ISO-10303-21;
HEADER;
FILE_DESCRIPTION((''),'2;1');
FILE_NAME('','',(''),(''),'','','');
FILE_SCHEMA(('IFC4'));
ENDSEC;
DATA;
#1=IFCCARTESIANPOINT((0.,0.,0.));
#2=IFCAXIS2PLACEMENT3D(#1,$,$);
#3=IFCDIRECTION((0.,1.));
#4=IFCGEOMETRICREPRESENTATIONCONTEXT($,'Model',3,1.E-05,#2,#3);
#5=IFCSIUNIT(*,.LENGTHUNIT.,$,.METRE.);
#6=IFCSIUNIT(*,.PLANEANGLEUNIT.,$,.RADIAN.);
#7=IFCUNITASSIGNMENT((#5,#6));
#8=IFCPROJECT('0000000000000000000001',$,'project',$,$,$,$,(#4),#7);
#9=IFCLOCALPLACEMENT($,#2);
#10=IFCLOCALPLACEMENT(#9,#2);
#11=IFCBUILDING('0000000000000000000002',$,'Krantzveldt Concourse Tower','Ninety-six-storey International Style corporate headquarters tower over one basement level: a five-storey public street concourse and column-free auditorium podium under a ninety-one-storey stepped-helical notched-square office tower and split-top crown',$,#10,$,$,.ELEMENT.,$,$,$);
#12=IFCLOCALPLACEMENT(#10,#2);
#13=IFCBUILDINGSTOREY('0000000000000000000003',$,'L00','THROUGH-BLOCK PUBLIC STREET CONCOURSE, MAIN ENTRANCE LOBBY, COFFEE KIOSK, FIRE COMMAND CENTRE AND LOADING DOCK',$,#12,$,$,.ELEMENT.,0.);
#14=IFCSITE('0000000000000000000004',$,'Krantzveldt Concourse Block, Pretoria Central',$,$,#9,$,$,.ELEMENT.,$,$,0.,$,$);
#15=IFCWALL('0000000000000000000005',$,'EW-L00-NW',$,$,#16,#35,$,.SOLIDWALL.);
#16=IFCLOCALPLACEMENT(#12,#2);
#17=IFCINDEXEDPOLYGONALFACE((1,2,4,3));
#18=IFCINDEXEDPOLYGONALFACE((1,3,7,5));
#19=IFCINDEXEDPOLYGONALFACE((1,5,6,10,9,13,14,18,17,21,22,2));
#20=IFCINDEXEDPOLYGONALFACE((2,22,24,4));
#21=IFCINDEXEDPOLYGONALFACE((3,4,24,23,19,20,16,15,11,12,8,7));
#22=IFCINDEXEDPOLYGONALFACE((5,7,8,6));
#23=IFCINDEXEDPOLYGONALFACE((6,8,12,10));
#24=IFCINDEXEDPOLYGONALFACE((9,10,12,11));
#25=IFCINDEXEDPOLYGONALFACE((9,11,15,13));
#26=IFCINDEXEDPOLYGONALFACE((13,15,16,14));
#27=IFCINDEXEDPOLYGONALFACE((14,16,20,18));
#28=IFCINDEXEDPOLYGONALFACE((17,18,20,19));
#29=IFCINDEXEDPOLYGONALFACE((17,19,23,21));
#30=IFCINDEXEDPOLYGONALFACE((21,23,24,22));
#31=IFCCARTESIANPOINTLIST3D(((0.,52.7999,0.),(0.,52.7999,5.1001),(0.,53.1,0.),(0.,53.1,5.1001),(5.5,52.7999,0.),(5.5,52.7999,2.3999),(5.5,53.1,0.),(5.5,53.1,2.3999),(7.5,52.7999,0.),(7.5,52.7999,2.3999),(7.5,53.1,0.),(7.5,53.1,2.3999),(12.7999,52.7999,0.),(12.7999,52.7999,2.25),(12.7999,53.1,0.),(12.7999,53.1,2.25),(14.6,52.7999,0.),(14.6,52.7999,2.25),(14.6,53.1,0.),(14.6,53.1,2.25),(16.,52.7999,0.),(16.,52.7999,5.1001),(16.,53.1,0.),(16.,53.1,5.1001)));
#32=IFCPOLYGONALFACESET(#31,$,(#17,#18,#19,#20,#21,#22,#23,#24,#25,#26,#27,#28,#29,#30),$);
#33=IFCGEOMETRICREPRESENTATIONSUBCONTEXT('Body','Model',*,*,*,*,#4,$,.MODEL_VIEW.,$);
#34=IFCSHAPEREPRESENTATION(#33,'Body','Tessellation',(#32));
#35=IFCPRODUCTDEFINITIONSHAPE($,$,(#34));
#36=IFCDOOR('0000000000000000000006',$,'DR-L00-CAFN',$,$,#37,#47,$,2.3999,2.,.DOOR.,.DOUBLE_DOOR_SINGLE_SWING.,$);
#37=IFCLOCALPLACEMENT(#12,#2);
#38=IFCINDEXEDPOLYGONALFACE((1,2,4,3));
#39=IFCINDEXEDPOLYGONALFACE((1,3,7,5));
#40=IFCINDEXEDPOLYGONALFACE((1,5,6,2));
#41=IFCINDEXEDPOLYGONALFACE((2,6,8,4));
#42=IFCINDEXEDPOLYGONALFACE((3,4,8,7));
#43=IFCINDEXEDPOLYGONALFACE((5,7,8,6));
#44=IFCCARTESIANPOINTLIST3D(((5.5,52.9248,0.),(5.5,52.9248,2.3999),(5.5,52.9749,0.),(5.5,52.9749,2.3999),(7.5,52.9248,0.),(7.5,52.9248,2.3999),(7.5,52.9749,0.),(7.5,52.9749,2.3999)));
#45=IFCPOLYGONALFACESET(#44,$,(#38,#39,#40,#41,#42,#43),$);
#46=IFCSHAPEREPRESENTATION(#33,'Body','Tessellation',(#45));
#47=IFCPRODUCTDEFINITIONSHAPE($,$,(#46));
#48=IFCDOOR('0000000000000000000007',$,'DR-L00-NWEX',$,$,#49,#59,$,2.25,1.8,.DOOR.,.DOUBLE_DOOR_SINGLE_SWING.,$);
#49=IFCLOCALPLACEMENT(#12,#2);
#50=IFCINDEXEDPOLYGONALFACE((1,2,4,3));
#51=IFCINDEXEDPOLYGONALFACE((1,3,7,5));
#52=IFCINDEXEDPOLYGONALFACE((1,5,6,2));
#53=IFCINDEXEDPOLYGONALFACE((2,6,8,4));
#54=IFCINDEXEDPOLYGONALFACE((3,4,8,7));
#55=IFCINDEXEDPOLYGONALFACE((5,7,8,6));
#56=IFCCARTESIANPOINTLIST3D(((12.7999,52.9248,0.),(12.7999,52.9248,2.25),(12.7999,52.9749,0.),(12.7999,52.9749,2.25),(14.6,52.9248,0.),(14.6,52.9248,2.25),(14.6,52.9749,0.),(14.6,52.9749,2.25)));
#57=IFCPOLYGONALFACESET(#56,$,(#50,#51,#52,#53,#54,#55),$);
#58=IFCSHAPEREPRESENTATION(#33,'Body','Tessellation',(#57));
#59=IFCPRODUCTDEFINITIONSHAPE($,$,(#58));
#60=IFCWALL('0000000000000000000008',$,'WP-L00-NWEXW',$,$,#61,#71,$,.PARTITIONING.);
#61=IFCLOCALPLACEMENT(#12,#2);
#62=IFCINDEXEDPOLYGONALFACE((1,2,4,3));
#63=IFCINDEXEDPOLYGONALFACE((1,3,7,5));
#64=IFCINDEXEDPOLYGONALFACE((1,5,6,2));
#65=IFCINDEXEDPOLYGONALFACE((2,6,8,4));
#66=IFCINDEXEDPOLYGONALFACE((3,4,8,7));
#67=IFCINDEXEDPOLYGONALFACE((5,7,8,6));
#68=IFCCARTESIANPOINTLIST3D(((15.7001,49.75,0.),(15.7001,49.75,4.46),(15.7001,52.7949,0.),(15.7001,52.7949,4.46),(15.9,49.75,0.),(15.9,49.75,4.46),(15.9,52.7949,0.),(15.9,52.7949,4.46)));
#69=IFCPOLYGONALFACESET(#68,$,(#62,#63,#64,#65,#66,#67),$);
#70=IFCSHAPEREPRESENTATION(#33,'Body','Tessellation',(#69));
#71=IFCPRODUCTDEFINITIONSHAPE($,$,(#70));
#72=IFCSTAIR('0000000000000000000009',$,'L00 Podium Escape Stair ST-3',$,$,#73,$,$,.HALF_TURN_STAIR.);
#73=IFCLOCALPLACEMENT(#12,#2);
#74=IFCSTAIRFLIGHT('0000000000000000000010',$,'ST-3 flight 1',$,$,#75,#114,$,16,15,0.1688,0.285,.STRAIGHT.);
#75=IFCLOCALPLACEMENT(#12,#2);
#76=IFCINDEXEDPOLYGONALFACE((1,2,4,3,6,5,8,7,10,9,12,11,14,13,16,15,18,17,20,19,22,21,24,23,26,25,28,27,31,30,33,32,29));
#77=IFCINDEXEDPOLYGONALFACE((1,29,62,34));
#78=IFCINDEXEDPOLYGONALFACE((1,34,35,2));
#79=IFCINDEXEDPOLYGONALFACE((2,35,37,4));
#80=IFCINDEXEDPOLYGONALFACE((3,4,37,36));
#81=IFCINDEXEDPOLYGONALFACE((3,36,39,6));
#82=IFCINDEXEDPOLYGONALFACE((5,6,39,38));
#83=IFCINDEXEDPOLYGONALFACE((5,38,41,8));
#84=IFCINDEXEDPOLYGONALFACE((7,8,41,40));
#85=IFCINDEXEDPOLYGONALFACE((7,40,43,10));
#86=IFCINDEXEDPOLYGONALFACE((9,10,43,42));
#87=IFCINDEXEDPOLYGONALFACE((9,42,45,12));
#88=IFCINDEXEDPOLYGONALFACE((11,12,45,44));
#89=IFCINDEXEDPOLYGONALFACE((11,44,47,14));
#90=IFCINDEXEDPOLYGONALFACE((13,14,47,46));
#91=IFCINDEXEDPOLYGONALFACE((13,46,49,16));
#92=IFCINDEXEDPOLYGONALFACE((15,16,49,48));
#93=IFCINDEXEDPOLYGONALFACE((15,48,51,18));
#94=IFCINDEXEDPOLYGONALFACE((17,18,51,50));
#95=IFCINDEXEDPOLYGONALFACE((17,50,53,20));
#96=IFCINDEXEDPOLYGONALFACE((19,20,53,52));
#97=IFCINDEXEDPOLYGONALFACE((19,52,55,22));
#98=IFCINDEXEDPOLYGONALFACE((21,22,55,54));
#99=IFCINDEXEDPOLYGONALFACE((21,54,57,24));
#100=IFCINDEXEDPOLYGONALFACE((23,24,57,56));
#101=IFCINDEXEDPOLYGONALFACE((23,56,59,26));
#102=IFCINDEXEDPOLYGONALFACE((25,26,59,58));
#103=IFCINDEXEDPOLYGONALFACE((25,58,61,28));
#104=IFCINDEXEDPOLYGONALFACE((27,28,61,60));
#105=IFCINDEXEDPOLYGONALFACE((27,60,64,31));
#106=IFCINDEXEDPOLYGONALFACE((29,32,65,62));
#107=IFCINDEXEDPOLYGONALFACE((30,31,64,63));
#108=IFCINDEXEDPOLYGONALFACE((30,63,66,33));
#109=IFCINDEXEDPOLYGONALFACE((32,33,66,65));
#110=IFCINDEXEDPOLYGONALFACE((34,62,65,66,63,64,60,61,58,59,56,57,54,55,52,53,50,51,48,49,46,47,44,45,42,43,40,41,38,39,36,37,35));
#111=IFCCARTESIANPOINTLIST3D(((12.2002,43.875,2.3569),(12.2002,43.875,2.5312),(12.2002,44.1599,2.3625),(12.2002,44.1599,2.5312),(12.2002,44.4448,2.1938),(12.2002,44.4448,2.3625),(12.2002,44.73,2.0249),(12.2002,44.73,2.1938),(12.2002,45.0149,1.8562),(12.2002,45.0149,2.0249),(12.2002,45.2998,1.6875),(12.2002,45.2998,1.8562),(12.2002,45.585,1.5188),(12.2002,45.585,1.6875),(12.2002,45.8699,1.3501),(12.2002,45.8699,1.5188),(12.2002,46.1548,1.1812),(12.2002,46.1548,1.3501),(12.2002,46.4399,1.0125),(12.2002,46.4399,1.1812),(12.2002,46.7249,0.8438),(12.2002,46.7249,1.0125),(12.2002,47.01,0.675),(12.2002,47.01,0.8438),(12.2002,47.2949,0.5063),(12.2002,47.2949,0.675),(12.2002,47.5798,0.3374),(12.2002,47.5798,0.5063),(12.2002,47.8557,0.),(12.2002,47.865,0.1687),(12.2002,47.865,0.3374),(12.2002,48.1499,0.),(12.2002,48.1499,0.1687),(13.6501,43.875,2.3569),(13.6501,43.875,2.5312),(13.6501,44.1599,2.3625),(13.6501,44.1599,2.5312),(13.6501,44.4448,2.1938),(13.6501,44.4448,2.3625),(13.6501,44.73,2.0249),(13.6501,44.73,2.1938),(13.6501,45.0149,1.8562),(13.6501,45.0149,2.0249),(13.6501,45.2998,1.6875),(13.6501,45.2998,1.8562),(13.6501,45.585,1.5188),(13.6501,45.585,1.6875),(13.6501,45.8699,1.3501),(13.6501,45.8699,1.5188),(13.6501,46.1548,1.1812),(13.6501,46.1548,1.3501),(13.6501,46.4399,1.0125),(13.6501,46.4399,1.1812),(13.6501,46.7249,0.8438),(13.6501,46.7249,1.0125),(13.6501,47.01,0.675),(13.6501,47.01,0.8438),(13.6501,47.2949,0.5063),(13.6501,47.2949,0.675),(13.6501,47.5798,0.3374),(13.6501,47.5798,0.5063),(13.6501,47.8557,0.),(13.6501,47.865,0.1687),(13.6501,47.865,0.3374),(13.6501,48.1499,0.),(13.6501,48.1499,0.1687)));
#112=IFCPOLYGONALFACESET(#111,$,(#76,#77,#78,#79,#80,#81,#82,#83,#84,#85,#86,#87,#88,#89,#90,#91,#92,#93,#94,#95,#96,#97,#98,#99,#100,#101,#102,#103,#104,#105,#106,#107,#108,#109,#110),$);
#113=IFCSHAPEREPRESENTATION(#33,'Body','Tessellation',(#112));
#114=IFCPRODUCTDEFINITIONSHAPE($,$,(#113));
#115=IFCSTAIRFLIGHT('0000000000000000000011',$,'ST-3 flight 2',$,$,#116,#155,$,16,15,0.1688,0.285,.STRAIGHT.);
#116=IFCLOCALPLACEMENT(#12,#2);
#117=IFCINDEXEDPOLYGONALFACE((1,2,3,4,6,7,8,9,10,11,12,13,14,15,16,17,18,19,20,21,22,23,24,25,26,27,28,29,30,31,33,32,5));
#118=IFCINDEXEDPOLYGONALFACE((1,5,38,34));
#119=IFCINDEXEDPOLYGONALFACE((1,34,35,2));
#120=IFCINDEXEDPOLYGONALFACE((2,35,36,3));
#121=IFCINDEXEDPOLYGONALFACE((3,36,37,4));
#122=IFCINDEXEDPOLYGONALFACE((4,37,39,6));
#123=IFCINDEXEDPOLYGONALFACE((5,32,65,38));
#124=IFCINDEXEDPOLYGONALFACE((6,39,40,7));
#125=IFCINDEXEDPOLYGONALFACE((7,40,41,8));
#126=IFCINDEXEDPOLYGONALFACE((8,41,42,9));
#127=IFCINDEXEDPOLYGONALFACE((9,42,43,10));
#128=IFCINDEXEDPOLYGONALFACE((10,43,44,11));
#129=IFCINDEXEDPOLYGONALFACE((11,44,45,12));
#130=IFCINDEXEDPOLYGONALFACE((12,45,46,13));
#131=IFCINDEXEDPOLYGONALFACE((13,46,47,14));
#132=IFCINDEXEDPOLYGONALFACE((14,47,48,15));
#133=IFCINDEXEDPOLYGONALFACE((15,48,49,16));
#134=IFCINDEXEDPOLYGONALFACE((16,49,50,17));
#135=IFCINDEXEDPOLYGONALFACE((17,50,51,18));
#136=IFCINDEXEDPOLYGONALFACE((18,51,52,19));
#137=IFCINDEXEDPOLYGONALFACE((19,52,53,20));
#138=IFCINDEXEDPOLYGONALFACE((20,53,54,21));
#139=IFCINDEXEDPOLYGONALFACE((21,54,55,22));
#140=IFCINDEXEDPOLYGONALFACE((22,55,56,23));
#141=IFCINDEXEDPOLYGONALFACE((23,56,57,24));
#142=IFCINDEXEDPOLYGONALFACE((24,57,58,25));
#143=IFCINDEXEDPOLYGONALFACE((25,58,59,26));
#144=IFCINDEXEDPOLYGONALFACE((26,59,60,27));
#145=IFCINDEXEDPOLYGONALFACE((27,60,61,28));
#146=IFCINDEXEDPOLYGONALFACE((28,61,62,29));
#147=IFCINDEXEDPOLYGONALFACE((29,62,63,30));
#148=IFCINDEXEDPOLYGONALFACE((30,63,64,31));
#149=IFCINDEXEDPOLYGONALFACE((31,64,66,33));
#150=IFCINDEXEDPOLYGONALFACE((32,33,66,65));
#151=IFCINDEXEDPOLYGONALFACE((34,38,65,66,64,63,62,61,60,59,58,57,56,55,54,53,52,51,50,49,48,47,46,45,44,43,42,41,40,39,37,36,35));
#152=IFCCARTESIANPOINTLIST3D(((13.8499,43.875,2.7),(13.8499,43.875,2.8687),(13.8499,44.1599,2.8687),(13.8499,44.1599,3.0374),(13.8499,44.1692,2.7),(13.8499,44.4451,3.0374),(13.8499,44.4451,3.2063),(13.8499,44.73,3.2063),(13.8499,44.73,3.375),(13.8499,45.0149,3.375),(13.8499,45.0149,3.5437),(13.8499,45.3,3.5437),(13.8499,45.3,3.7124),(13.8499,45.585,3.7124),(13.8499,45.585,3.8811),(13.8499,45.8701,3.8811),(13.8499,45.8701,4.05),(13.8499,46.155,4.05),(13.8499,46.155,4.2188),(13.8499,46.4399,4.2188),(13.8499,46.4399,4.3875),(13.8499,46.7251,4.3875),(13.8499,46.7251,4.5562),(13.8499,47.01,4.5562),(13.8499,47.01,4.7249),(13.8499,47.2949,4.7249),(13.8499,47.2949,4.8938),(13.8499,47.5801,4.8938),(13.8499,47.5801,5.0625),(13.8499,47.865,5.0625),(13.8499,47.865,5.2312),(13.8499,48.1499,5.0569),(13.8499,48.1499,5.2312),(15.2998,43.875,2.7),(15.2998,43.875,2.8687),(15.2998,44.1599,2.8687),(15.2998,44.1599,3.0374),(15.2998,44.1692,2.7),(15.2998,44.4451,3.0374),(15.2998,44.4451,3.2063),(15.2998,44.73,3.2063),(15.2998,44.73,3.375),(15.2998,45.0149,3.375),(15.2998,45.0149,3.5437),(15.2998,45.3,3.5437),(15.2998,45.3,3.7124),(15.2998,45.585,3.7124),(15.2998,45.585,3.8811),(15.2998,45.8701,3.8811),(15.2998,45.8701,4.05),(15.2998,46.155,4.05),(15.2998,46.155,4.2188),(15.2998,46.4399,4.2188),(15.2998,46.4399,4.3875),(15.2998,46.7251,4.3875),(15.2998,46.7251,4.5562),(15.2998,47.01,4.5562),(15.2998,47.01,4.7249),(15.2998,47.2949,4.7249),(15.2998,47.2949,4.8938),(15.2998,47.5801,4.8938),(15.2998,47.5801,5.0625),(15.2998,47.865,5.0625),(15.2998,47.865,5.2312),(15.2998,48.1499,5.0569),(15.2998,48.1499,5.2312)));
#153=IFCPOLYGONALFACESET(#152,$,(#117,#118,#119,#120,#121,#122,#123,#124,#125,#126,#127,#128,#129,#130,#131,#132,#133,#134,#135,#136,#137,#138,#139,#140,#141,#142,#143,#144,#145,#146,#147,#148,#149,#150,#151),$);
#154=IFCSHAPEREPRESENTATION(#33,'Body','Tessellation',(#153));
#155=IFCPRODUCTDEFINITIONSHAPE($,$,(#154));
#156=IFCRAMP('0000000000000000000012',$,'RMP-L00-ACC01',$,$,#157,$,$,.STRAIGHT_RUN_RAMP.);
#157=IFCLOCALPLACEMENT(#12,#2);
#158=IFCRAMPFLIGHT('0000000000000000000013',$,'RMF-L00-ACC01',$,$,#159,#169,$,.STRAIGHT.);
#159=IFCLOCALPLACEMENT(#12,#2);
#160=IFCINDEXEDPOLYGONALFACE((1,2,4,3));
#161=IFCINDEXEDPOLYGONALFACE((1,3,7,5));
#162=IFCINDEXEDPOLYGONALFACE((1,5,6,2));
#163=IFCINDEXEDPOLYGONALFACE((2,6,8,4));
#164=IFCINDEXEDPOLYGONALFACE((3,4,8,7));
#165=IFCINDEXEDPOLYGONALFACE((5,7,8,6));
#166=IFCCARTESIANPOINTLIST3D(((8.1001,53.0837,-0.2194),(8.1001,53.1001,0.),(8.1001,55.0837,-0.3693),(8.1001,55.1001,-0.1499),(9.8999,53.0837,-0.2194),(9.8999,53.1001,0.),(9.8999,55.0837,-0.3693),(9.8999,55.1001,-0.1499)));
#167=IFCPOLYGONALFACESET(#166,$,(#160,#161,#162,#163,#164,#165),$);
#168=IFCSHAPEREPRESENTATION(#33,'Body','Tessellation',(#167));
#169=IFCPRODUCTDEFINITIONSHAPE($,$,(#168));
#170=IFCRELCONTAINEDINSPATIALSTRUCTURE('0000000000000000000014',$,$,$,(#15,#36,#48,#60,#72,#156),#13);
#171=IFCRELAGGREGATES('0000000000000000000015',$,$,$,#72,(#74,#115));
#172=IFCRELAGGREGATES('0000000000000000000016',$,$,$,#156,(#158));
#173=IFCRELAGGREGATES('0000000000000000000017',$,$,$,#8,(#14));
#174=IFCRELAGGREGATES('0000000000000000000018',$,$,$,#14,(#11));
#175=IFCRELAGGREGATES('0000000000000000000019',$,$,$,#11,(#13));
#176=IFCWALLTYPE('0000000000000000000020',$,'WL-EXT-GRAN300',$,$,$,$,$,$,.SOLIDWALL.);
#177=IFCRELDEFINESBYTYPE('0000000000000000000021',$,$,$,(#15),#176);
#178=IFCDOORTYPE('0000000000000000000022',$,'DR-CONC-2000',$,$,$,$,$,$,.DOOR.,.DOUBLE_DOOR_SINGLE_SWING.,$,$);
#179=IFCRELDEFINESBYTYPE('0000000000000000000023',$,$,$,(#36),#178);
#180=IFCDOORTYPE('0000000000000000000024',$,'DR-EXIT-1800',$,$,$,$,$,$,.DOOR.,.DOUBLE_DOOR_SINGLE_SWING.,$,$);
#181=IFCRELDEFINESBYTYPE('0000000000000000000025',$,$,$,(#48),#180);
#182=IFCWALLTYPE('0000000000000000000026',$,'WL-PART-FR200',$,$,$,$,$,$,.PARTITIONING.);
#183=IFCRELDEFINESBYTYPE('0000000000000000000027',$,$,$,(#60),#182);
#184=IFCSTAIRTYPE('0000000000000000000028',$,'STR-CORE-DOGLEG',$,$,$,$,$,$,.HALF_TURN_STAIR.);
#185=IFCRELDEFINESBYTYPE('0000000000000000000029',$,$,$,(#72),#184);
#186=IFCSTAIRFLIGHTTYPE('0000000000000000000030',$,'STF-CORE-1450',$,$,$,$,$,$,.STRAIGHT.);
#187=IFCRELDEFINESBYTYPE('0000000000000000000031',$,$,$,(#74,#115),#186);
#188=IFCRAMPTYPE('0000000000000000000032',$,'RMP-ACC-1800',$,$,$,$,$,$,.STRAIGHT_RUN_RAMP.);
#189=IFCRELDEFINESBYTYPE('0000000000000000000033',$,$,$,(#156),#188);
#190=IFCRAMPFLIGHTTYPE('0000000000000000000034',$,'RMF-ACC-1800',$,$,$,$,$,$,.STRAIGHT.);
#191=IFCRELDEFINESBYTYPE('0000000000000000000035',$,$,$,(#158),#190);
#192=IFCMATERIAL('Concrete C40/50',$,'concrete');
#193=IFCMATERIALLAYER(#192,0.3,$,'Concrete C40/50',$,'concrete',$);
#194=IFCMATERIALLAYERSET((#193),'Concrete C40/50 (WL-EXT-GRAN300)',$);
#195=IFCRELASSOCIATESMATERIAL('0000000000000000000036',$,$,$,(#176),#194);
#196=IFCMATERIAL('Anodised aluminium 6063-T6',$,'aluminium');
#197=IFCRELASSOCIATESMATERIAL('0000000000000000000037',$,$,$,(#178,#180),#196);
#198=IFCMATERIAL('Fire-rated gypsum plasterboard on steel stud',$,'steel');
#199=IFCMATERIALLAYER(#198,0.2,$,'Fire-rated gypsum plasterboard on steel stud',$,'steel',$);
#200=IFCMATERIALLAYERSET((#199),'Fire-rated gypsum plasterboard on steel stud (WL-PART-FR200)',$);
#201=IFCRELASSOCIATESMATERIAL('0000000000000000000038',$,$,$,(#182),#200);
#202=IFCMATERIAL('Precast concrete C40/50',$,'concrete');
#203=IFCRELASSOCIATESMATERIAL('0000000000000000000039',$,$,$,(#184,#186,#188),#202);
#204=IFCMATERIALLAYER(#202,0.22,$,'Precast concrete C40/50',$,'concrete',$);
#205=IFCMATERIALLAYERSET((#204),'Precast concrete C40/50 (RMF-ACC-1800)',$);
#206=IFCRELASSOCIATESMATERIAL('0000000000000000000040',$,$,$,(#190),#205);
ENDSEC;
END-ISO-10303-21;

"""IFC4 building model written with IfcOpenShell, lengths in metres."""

from ifc_helpers import new_model, si_unit, direction, frame, frame_2d, origin, place, context, subcontext, project, spatial, polyline, rectangle, outline, extrude, material, layer, layer_set, type_object, element, fill, aggregate, save


model = new_model("IFC4")

# Units and contexts
model_context = context("Model", 3, precision=1e-05, world=origin(), true_north=direction((0.0, 1.0)))
body_context = subcontext(model_context, "Body", "Model", "MODEL_VIEW")
ifc_project = project(units=[si_unit("LENGTHUNIT", "METRE"), si_unit("PLANEANGLEUNIT", "RADIAN")], contexts=[model_context])

# Site, building, storey
site_placement = place(None, origin())
site = spatial("IfcSite", under=ifc_project, at=site_placement, Name="Krantzveldt Concourse Block, Pretoria Central", CompositionType="ELEMENT", RefElevation=0.0)
building_placement = place(site_placement, origin())
building = spatial("IfcBuilding", under=site, at=building_placement, Name="Krantzveldt Concourse Tower", Description="Ninety-six-storey International Style corporate headquarters tower over one basement level: a five-storey public street concourse and column-free auditorium podium under a ninety-one-storey stepped-helical notched-square office tower and split-top crown", CompositionType="ELEMENT")
storey_placement = place(building_placement, origin())
storey = spatial("IfcBuildingStorey", under=building, at=storey_placement, Name="L00", Description="THROUGH-BLOCK PUBLIC STREET CONCOURSE, MAIN ENTRANCE LOBBY, COFFEE KIOSK, FIRE COMMAND CENTRE AND LOADING DOCK", CompositionType="ELEMENT", Elevation=0.0)

# Shared definitions
ifc_material_1 = material(Name="Concrete C40/50", Category="concrete")

# Wall, openings, doors
ifc_layer_1 = layer(ifc_material_1, 0.3, Name="Concrete C40/50", Category="concrete")
ifc_layer_set_1 = layer_set([ifc_layer_1], Name="Concrete C40/50 (WL-EXT-GRAN300)")
wall_type_1 = type_object("IfcWallType", Name="WL-EXT-GRAN300", PredefinedType="SOLIDWALL", material=ifc_layer_set_1)
wall_1_placement = place(storey_placement, frame((0.0, 52.95, 0.0), z_axis=(0.0, 0.0, 1.0), x_axis=(1.0, 0.0, 0.0)))
wall_1 = element("IfcWall", 1, at=wall_1_placement, inside=storey, type_object=wall_type_1, Name="EW-L00-NW", PredefinedType="SOLIDWALL", context=body_context, shape_type="SweptSolid", body=[
    extrude(rectangle(XDim=16.0, YDim=0.3, at=frame_2d((8.0, 0.0))), origin(), (0.0, 0.0, 1.0), 5.1001),
])
opening_1_placement = place(wall_1_placement, frame((12.8, 0.0, 0.0)))
opening_1 = element("IfcOpeningElement", 2, at=opening_1_placement, cuts=wall_1, PredefinedType="OPENING", context=body_context, shape_type="SweptSolid", body=[
    extrude(rectangle(XDim=1.8, YDim=2.25, at=frame_2d((0.8999, 1.125))), frame((0.0, 0.1602, 0.0), z_axis=(0.0, -1.0, 0.0), x_axis=(1.0, 0.0, 0.0)), (0.0, 0.0, 1.0), 0.3201),
])
opening_2_placement = place(wall_1_placement, frame((5.5, 0.0, 0.0)))
opening_2 = element("IfcOpeningElement", 3, at=opening_2_placement, cuts=wall_1, PredefinedType="OPENING", context=body_context, shape_type="SweptSolid", body=[
    extrude(rectangle(XDim=2.0, YDim=2.3999, at=frame_2d((1.0, 1.2))), frame((0.0, 0.1602, 0.0), z_axis=(0.0, -1.0, 0.0), x_axis=(1.0, 0.0, 0.0)), (0.0, 0.0, 1.0), 0.3201),
])
ifc_material_2 = material(Name="Anodised aluminium 6063-T6", Category="aluminium")
door_type_1 = type_object("IfcDoorType", Name="DR-CONC-2000", OperationType="DOUBLE_DOOR_SINGLE_SWING", PredefinedType="DOOR", material=ifc_material_2)
door_1_placement = place(opening_2_placement, origin())
door_1 = element("IfcDoor", 4, at=door_1_placement, inside=storey, type_object=door_type_1, Name="DR-L00-CAFN", OperationType="DOUBLE_DOOR_SINGLE_SWING", OverallHeight=2.3999, OverallWidth=2.0, PredefinedType="DOOR", context=body_context, shape_type="SweptSolid", body=[
    extrude(rectangle(XDim=2.0, YDim=2.3999, at=frame_2d((1.0, 1.2))), frame((0.0, 0.0249, 0.0), z_axis=(0.0, -1.0, 0.0), x_axis=(1.0, 0.0, 0.0)), (0.0, 0.0, 1.0), 0.05),
])
fill(opening_2, door_1)
door_type_2 = type_object("IfcDoorType", Name="DR-EXIT-1800", OperationType="DOUBLE_DOOR_SINGLE_SWING", PredefinedType="DOOR", material=ifc_material_2)
door_2_placement = place(opening_1_placement, origin())
door_2 = element("IfcDoor", 5, at=door_2_placement, inside=storey, type_object=door_type_2, Name="DR-L00-NWEX", OperationType="DOUBLE_DOOR_SINGLE_SWING", OverallHeight=2.25, OverallWidth=1.8, PredefinedType="DOOR", context=body_context, shape_type="SweptSolid", body=[
    extrude(rectangle(XDim=1.8, YDim=2.25, at=frame_2d((0.8999, 1.125))), frame((0.0, 0.0249, 0.0), z_axis=(0.0, -1.0, 0.0), x_axis=(1.0, 0.0, 0.0)), (0.0, 0.0, 1.0), 0.05),
])
fill(opening_1, door_2)

# Wall
ifc_material_3 = material(Name="Fire-rated gypsum plasterboard on steel stud", Category="steel")
ifc_layer_2 = layer(ifc_material_3, 0.2, Name="Fire-rated gypsum plasterboard on steel stud", Category="steel")
ifc_layer_set_2 = layer_set([ifc_layer_2], Name="Fire-rated gypsum plasterboard on steel stud (WL-PART-FR200)")
wall_type_2 = type_object("IfcWallType", Name="WL-PART-FR200", PredefinedType="PARTITIONING", material=ifc_layer_set_2)
wall_2_placement = place(storey_placement, frame((15.8, 49.75, 0.0), z_axis=(0.0, 0.0, 1.0), x_axis=(0.0, 1.0, 0.0)))
element("IfcWall", 6, at=wall_2_placement, inside=storey, type_object=wall_type_2, Name="WP-L00-NWEXW", PredefinedType="PARTITIONING", context=body_context, shape_type="SweptSolid", body=[
    extrude(rectangle(XDim=3.0449, YDim=0.2, at=frame_2d((1.5225, 0.0))), origin(), (0.0, 0.0, 1.0), 4.46),
])

# Stair, stair flights
ifc_material_4 = material(Name="Precast concrete C40/50", Category="concrete")
stair_type = type_object("IfcStairType", Name="STR-CORE-DOGLEG", PredefinedType="HALF_TURN_STAIR", material=ifc_material_4)
stair_placement = place(storey_placement, origin())
stair = element("IfcStair", 7, at=stair_placement, inside=storey, type_object=stair_type, Name="L00 Podium Escape Stair ST-3", PredefinedType="HALF_TURN_STAIR")
stair_flight_type = type_object("IfcStairFlightType", Name="STF-CORE-1450", PredefinedType="STRAIGHT", material=ifc_material_4)
stair_flight_1_placement = place(storey_placement, frame((12.925, 48.1499, 0.0), z_axis=(0.0, 0.0, 1.0), x_axis=(0.0, -1.0, 0.0)))
stair_flight_1 = element("IfcStairFlight", 8, at=stair_flight_1_placement, type_object=stair_flight_type, Name="ST-3 flight 1", NumberOfRisers=16, NumberOfTreads=15, PredefinedType="STRAIGHT", RiserHeight=0.1688, TreadLength=0.285, context=body_context, shape_type="SweptSolid", body=[
    extrude(outline(polyline([(0.0, 0.0), (0.0, 0.1687), (0.2849, 0.1687), (0.2849, 0.3374), (0.5701, 0.3374), (0.5701, 0.5063), (0.855, 0.5063), (0.855, 0.675), (1.1399, 0.675), (1.1399, 0.8438), (1.425, 0.8438), (1.425, 1.0125), (1.71, 1.0125), (1.71, 1.1812), (1.9951, 1.1812), (1.9951, 1.3501), (2.28, 1.3501), (2.28, 1.5188), (2.5649, 1.5188), (2.5649, 1.6875), (2.8501, 1.6875), (2.8501, 1.8562), (3.135, 1.8562), (3.135, 2.0249), (3.4199, 2.0249), (3.4199, 2.1938), (3.7051, 2.1938), (3.7051, 2.3625), (3.99, 2.3625), (3.99, 2.5312), (4.2749, 2.5312), (4.2749, 2.7), (4.2749, 2.3569), (0.2942, 0.0), (0.0, 0.0)])), frame((0.0, 0.7251, 0.0), z_axis=(0.0, -1.0, 0.0), x_axis=(1.0, 0.0, 0.0)), (0.0, 0.0, 1.0), 1.45),
])
stair_flight_2_placement = place(storey_placement, frame((14.575, 43.875, 2.7), z_axis=(0.0, 0.0, 1.0), x_axis=(0.0, 1.0, 0.0)))
stair_flight_2 = element("IfcStairFlight", 9, at=stair_flight_2_placement, type_object=stair_flight_type, Name="ST-3 flight 2", NumberOfRisers=16, NumberOfTreads=15, PredefinedType="STRAIGHT", RiserHeight=0.1688, TreadLength=0.285, context=body_context, shape_type="SweptSolid", body=[
    extrude(outline(polyline([(0.0, 0.0), (0.0, 0.1687), (0.2849, 0.1687), (0.2849, 0.3374), (0.5701, 0.3374), (0.5701, 0.5063), (0.855, 0.5063), (0.855, 0.675), (1.1399, 0.675), (1.1399, 0.8438), (1.425, 0.8438), (1.425, 1.0125), (1.71, 1.0125), (1.71, 1.1812), (1.9951, 1.1812), (1.9951, 1.3501), (2.28, 1.3501), (2.28, 1.5188), (2.5649, 1.5188), (2.5649, 1.6875), (2.8501, 1.6875), (2.8501, 1.8562), (3.135, 1.8562), (3.135, 2.0249), (3.4199, 2.0249), (3.4199, 2.1938), (3.7051, 2.1938), (3.7051, 2.3625), (3.99, 2.3625), (3.99, 2.5312), (4.2749, 2.5312), (4.2749, 2.7), (4.2749, 2.3569), (0.2942, 0.0), (0.0, 0.0)])), frame((0.0, 0.7251, 0.0), z_axis=(0.0, -1.0, 0.0), x_axis=(1.0, 0.0, 0.0)), (0.0, 0.0, 1.0), 1.45),
])
aggregate(stair, [stair_flight_1, stair_flight_2])

# Ramp, ramp flight
ramp_type = type_object("IfcRampType", Name="RMP-ACC-1800", PredefinedType="STRAIGHT_RUN_RAMP", material=ifc_material_4)
ramp_placement = place(storey_placement, origin())
ramp = element("IfcRamp", 10, at=ramp_placement, inside=storey, type_object=ramp_type, Name="RMP-L00-ACC01", PredefinedType="STRAIGHT_RUN_RAMP")
ifc_layer_3 = layer(ifc_material_4, 0.22, Name="Precast concrete C40/50", Category="concrete")
ifc_layer_set_3 = layer_set([ifc_layer_3], Name="Precast concrete C40/50 (RMF-ACC-1800)")
ramp_flight_type = type_object("IfcRampFlightType", Name="RMF-ACC-1800", PredefinedType="STRAIGHT", material=ifc_layer_set_3)
ramp_flight_placement = place(storey_placement, frame((8.1001, 53.1001, 0.0), z_axis=(0.0, 0.074742, 0.997203), x_axis=(1.0, 0.0, 0.0)))
ramp_flight = element("IfcRampFlight", 11, at=ramp_flight_placement, type_object=ramp_flight_type, Name="RMF-L00-ACC01", PredefinedType="STRAIGHT", context=body_context, shape_type="SweptSolid", body=[
    extrude(outline(polyline([(0.0, 0.0), (1.7998, 0.0), (1.7998, 2.0056), (0.0, 2.0056), (0.0, 0.0)])), origin(), (0.0, 0.0, -1.0), 0.22),
])
aggregate(ramp, [ramp_flight])

save(model, "model.ifc")
